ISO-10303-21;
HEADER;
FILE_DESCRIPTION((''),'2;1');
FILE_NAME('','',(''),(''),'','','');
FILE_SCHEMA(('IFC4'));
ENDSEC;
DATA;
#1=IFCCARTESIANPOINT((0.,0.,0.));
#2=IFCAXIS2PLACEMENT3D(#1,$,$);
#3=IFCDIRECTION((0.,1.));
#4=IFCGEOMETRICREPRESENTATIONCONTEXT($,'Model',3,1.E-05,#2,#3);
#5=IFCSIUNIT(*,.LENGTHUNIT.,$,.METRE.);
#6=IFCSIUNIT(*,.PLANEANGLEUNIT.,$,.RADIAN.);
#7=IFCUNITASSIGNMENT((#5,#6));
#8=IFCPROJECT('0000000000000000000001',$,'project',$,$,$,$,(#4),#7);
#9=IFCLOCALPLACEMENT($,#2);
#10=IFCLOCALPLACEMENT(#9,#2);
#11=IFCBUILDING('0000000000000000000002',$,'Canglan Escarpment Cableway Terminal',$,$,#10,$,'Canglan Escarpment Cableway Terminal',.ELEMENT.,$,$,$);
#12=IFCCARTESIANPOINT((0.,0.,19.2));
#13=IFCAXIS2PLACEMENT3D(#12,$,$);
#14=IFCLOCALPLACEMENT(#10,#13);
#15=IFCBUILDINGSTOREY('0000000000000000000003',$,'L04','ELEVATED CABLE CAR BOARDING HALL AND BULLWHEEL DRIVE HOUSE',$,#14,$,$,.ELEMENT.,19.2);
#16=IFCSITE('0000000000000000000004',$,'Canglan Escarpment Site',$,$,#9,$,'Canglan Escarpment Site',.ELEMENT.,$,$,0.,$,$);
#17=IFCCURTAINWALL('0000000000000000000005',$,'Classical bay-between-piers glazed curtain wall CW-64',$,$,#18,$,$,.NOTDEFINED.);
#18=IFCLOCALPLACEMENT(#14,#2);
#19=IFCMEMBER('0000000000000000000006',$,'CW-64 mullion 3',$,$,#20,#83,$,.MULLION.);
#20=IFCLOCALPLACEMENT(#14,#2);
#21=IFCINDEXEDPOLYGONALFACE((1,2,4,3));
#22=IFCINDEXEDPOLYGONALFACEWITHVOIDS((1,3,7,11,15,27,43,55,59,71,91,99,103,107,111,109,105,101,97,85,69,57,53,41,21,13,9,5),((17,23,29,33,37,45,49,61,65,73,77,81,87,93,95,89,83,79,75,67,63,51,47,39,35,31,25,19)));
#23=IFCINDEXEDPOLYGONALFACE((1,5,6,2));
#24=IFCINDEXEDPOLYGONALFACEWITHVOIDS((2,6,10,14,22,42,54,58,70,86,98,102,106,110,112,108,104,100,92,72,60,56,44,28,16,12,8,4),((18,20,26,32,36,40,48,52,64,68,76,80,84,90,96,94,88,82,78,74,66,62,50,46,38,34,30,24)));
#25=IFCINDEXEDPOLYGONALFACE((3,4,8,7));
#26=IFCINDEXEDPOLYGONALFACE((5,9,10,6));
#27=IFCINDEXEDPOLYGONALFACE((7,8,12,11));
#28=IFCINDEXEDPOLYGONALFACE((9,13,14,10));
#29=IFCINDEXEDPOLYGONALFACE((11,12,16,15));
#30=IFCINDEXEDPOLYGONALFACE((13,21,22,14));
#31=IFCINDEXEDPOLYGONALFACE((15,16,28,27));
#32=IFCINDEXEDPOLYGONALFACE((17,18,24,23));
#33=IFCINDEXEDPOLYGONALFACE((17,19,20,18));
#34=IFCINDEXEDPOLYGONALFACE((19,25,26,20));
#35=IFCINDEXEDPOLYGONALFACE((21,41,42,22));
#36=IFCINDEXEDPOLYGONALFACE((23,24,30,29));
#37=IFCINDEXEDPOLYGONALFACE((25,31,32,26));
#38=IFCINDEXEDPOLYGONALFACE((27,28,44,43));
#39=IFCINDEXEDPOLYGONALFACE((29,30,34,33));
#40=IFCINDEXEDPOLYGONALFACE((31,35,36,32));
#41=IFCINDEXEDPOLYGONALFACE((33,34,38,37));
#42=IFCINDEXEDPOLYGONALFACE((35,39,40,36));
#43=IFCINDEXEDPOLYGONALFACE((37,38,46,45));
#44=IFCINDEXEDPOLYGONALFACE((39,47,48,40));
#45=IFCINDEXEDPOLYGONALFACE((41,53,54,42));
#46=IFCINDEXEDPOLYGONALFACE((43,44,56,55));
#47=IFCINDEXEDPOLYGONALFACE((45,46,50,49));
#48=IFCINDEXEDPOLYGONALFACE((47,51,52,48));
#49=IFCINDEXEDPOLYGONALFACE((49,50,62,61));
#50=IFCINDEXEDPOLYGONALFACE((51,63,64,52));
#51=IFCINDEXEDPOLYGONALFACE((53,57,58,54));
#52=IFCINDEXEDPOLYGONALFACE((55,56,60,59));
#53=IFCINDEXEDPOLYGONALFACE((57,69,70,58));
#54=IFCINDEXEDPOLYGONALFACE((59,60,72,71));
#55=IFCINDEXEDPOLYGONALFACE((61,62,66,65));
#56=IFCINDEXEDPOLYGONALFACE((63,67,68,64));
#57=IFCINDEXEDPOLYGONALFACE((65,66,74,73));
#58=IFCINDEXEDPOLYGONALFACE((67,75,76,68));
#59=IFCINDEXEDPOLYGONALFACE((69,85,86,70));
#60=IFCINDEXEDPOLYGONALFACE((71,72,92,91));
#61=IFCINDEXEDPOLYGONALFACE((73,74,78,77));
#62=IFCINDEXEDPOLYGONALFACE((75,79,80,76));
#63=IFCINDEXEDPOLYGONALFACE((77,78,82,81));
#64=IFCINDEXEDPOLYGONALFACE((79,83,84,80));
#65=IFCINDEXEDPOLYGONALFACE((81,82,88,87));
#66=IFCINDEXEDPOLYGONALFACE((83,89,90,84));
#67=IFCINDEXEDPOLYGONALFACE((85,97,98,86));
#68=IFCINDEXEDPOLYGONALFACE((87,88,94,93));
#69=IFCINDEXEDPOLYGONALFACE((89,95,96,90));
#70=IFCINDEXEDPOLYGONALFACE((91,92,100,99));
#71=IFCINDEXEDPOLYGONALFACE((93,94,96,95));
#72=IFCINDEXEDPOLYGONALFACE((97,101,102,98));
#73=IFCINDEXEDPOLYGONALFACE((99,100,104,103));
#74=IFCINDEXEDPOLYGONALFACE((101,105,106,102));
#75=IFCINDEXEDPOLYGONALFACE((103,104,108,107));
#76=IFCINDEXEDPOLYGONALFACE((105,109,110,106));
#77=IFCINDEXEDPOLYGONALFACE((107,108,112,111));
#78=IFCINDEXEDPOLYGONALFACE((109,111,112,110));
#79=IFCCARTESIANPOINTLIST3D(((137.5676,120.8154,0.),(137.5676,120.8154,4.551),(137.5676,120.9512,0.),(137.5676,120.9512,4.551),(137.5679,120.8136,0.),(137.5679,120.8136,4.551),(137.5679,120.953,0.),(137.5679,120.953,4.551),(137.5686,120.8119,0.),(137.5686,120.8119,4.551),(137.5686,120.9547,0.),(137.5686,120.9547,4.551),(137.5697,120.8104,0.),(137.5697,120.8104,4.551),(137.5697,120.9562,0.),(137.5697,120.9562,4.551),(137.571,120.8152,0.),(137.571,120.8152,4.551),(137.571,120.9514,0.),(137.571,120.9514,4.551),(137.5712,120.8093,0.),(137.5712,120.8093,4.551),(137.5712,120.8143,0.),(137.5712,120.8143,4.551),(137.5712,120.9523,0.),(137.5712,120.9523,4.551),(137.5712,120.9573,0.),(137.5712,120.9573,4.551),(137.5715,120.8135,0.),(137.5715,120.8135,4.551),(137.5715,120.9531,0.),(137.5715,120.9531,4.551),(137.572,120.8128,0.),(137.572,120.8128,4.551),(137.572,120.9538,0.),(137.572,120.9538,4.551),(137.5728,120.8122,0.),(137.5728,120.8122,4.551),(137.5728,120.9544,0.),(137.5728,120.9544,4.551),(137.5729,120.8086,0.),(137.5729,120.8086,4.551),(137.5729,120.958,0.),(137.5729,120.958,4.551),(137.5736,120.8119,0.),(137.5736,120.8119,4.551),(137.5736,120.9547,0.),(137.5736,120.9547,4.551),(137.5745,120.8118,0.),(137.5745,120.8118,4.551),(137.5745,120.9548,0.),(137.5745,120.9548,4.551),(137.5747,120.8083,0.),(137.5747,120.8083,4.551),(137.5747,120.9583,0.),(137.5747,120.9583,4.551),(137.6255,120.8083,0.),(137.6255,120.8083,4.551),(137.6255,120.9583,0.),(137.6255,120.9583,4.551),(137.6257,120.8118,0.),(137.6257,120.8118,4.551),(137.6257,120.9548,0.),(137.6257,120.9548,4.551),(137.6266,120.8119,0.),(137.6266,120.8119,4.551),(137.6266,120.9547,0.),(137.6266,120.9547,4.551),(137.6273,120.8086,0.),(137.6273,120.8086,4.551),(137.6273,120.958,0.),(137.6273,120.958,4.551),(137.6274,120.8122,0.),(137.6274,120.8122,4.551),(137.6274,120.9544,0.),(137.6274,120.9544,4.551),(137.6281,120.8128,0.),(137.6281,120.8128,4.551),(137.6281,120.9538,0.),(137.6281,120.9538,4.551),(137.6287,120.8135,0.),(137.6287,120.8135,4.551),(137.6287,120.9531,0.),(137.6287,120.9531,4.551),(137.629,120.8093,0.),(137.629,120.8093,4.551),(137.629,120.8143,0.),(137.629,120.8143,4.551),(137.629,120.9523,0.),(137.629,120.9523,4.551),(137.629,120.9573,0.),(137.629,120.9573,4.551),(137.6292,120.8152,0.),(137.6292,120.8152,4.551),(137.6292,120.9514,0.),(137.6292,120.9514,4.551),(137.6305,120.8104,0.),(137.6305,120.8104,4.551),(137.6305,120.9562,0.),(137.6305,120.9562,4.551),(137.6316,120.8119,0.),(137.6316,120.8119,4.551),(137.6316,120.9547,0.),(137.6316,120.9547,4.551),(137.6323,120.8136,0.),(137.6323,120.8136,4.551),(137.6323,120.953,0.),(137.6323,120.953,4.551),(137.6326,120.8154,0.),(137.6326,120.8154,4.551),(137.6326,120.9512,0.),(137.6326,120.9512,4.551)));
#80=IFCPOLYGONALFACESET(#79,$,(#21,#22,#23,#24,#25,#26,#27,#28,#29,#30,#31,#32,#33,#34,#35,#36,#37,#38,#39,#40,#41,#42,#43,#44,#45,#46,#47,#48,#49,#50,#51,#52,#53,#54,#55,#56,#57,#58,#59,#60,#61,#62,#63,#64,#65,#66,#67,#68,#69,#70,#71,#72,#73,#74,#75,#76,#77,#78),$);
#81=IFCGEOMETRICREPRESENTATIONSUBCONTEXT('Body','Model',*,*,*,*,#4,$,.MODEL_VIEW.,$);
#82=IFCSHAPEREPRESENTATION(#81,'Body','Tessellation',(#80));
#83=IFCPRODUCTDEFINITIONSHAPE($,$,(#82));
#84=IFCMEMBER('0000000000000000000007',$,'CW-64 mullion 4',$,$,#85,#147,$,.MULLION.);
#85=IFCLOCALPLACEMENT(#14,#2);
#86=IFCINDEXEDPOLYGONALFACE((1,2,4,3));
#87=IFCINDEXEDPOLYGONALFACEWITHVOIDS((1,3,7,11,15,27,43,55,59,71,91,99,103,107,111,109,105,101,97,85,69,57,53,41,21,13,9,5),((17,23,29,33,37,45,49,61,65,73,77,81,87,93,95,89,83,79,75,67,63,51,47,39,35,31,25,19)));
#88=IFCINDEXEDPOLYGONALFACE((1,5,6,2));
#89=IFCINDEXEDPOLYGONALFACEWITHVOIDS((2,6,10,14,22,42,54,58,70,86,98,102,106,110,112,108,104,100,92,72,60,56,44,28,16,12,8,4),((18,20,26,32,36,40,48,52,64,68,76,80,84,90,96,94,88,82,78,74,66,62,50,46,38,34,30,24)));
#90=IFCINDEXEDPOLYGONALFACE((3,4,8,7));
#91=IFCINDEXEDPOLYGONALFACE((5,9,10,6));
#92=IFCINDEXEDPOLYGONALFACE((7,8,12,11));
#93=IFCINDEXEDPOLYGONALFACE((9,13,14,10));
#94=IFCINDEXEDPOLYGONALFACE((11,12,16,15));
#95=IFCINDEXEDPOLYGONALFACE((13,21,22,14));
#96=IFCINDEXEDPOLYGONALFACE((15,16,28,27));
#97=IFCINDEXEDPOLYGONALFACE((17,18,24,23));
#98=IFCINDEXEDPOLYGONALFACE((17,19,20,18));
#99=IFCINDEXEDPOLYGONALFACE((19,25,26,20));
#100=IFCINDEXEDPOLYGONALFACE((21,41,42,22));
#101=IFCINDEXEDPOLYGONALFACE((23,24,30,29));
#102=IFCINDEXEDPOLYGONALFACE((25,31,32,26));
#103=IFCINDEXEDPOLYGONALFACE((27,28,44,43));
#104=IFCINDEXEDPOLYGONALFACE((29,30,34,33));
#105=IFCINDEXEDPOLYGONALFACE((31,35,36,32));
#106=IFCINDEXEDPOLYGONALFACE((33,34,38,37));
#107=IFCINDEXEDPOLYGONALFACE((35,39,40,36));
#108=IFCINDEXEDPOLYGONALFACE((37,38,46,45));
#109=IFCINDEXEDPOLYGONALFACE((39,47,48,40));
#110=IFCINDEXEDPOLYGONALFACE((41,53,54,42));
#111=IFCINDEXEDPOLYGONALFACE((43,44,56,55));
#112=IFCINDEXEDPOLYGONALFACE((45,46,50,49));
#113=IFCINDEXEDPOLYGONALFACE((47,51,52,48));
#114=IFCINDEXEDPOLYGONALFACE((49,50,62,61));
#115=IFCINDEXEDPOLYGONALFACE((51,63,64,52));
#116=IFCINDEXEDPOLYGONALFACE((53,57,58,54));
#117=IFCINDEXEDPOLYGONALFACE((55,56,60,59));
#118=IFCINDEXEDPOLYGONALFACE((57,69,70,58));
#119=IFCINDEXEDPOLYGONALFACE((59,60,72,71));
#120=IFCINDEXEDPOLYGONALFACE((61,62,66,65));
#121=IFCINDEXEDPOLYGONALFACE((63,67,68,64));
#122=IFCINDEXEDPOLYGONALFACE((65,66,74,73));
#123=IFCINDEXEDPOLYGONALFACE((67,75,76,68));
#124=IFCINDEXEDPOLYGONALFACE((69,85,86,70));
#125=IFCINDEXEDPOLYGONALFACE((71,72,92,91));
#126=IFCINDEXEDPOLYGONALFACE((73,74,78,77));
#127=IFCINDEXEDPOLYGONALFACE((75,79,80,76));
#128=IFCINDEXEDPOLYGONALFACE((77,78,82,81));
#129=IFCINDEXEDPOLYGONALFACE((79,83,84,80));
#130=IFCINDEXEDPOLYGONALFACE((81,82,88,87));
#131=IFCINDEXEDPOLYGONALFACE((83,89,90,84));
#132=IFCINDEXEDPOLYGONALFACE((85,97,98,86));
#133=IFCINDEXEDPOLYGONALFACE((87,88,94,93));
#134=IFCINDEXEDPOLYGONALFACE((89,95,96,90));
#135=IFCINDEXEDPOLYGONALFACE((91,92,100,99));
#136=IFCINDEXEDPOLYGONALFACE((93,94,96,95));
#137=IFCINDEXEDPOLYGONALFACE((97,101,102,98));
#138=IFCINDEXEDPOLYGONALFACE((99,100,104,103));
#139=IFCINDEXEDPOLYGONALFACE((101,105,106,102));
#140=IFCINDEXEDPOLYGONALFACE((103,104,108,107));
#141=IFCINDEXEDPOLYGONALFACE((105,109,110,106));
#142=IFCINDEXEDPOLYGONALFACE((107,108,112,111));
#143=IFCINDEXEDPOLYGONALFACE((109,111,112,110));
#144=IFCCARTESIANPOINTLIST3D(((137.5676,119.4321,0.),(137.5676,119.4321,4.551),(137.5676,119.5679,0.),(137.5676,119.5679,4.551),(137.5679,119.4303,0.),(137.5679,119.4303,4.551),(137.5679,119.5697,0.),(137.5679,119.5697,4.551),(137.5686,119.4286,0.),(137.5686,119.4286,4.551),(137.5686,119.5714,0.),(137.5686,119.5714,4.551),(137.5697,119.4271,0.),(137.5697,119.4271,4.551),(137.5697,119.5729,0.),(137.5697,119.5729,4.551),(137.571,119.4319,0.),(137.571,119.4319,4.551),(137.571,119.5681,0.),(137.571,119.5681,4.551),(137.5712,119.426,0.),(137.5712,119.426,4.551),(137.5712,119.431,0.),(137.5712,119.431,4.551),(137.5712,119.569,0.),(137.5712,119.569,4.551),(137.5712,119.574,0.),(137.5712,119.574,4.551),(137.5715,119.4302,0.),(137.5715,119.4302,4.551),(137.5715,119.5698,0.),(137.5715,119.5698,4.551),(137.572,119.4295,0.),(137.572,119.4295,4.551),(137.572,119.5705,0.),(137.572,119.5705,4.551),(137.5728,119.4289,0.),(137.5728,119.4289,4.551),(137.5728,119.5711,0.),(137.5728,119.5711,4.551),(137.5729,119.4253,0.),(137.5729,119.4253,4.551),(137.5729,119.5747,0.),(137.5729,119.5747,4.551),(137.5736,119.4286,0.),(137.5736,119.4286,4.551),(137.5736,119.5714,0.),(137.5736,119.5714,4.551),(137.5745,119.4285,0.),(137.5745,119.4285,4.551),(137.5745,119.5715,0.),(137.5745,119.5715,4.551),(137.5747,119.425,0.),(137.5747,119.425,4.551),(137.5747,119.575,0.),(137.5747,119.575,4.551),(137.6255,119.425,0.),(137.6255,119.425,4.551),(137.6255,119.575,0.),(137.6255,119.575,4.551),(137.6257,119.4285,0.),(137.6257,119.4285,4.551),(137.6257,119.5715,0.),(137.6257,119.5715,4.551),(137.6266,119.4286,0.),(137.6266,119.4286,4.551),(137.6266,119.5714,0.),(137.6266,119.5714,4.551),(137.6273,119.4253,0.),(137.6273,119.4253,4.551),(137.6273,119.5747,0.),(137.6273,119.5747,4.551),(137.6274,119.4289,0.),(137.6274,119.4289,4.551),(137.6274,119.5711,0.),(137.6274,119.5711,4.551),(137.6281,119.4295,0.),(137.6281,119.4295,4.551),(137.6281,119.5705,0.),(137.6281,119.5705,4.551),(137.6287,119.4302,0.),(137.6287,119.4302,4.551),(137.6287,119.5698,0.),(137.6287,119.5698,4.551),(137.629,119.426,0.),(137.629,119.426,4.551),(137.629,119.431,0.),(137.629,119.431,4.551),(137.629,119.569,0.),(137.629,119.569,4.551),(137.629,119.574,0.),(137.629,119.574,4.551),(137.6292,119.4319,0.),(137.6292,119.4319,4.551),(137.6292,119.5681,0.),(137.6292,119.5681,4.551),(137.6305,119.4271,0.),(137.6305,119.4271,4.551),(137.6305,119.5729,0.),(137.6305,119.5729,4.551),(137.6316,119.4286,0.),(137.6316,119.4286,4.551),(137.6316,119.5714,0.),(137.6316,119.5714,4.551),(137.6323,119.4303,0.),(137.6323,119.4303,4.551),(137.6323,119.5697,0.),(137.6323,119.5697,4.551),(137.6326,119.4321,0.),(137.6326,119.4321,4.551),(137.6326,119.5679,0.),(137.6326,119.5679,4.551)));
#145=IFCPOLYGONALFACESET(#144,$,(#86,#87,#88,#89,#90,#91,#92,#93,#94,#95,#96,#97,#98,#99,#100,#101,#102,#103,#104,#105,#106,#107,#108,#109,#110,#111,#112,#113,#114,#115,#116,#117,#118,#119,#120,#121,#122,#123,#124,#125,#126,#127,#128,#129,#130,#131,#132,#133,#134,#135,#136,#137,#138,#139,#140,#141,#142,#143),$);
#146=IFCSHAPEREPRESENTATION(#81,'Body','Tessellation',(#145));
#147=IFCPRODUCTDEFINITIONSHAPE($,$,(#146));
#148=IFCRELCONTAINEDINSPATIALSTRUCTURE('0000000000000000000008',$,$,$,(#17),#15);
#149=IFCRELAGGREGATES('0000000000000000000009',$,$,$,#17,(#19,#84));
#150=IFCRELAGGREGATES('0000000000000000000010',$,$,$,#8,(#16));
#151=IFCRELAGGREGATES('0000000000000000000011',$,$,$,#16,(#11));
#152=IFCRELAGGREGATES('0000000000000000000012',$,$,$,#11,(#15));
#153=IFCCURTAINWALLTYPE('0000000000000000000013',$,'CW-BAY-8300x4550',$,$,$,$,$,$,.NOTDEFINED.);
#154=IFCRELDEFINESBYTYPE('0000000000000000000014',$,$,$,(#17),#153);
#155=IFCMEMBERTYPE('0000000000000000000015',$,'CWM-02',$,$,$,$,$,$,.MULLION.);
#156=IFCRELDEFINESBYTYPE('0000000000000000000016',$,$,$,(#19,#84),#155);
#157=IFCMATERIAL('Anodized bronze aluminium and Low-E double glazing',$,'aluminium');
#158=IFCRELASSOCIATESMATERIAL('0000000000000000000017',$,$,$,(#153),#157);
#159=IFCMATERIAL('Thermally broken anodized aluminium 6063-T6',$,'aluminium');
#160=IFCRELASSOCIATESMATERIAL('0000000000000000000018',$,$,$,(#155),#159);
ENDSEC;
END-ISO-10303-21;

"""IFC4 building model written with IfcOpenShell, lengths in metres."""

from ifc_helpers import new_model, si_unit, direction, frame, origin, origin_2d, place, context, subcontext, project, spatial, hollow_rectangle, extrude, material, material_profile, profile_set, type_object, element, aggregate, save


model = new_model("IFC4")

# Units and contexts
model_context = context("Model", 3, precision=1e-05, world=origin(), true_north=direction((0.0, 1.0)))
body_context = subcontext(model_context, "Body", "Model", "MODEL_VIEW")
ifc_project = project(units=[si_unit("LENGTHUNIT", "METRE"), si_unit("PLANEANGLEUNIT", "RADIAN")], contexts=[model_context])

# Site, building, storey
site_placement = place(None, origin())
site = spatial("IfcSite", under=ifc_project, at=site_placement, Name="Canglan Escarpment Site", LongName="Canglan Escarpment Site", CompositionType="ELEMENT", RefElevation=0.0)
building_placement = place(site_placement, origin())
building = spatial("IfcBuilding", under=site, at=building_placement, Name="Canglan Escarpment Cableway Terminal", LongName="Canglan Escarpment Cableway Terminal", CompositionType="ELEMENT")
storey_placement = place(building_placement, frame((0.0, 0.0, 19.2)))
storey = spatial("IfcBuildingStorey", under=building, at=storey_placement, Name="L04", Description="ELEVATED CABLE CAR BOARDING HALL AND BULLWHEEL DRIVE HOUSE", CompositionType="ELEMENT", Elevation=19.2)

# Curtain wall, members
ifc_material_1 = material(Name="Anodized bronze aluminium and Low-E double glazing", Category="aluminium")
curtain_wall_type = type_object("IfcCurtainWallType", Name="CW-BAY-8300x4550", PredefinedType="NOTDEFINED", material=ifc_material_1)
curtain_wall_placement = place(storey_placement, origin())
curtain_wall = element("IfcCurtainWall", 1, at=curtain_wall_placement, inside=storey, type_object=curtain_wall_type, Name="Classical bay-between-piers glazed curtain wall CW-64", PredefinedType="NOTDEFINED")
ifc_material_2 = material(Name="Thermally broken anodized aluminium 6063-T6", Category="aluminium")
ifc_material_profile_1 = material_profile(ifc_material_2, hollow_rectangle(XDim=0.0649, YDim=0.1499, WallThickness=0.0034, InnerFilletRadius=0.0034, OuterFilletRadius=0.0071, at=origin_2d()), Name="ALU-MULL 65x150x3.5")
ifc_profile_set_1 = profile_set([ifc_material_profile_1], Name="Thermally broken anodized aluminium 6063-T6")
member_type_1 = type_object("IfcMemberType", Name="CWM-02", PredefinedType="MULLION", material=ifc_profile_set_1)
member_1_placement = place(storey_placement, frame((137.6001, 120.8833, 0.0), z_axis=(0.0, 0.0, 1.0), x_axis=(1.0, 0.0, 0.0)))
member_1 = element("IfcMember", 2, at=member_1_placement, type_object=member_type_1, Name="CW-64 mullion 3", PredefinedType="MULLION", context=body_context, shape_type="SweptSolid", body=[
    extrude(hollow_rectangle(XDim=0.0649, YDim=0.1499, WallThickness=0.0034, InnerFilletRadius=0.0034, OuterFilletRadius=0.0071, at=origin_2d()), origin(), (0.0, 0.0, 1.0), 4.551),
])
member_2_placement = place(storey_placement, frame((137.6001, 119.5, 0.0), z_axis=(0.0, 0.0, 1.0), x_axis=(1.0, 0.0, 0.0)))
member_2 = element("IfcMember", 3, at=member_2_placement, type_object=member_type_1, Name="CW-64 mullion 4", PredefinedType="MULLION", context=body_context, shape_type="SweptSolid", body=[
    extrude(hollow_rectangle(XDim=0.0649, YDim=0.1499, WallThickness=0.0034, InnerFilletRadius=0.0034, OuterFilletRadius=0.0071, at=origin_2d()), origin(), (0.0, 0.0, 1.0), 4.551),
])
aggregate(curtain_wall, [member_1, member_2])

save(model, "model.ifc")
